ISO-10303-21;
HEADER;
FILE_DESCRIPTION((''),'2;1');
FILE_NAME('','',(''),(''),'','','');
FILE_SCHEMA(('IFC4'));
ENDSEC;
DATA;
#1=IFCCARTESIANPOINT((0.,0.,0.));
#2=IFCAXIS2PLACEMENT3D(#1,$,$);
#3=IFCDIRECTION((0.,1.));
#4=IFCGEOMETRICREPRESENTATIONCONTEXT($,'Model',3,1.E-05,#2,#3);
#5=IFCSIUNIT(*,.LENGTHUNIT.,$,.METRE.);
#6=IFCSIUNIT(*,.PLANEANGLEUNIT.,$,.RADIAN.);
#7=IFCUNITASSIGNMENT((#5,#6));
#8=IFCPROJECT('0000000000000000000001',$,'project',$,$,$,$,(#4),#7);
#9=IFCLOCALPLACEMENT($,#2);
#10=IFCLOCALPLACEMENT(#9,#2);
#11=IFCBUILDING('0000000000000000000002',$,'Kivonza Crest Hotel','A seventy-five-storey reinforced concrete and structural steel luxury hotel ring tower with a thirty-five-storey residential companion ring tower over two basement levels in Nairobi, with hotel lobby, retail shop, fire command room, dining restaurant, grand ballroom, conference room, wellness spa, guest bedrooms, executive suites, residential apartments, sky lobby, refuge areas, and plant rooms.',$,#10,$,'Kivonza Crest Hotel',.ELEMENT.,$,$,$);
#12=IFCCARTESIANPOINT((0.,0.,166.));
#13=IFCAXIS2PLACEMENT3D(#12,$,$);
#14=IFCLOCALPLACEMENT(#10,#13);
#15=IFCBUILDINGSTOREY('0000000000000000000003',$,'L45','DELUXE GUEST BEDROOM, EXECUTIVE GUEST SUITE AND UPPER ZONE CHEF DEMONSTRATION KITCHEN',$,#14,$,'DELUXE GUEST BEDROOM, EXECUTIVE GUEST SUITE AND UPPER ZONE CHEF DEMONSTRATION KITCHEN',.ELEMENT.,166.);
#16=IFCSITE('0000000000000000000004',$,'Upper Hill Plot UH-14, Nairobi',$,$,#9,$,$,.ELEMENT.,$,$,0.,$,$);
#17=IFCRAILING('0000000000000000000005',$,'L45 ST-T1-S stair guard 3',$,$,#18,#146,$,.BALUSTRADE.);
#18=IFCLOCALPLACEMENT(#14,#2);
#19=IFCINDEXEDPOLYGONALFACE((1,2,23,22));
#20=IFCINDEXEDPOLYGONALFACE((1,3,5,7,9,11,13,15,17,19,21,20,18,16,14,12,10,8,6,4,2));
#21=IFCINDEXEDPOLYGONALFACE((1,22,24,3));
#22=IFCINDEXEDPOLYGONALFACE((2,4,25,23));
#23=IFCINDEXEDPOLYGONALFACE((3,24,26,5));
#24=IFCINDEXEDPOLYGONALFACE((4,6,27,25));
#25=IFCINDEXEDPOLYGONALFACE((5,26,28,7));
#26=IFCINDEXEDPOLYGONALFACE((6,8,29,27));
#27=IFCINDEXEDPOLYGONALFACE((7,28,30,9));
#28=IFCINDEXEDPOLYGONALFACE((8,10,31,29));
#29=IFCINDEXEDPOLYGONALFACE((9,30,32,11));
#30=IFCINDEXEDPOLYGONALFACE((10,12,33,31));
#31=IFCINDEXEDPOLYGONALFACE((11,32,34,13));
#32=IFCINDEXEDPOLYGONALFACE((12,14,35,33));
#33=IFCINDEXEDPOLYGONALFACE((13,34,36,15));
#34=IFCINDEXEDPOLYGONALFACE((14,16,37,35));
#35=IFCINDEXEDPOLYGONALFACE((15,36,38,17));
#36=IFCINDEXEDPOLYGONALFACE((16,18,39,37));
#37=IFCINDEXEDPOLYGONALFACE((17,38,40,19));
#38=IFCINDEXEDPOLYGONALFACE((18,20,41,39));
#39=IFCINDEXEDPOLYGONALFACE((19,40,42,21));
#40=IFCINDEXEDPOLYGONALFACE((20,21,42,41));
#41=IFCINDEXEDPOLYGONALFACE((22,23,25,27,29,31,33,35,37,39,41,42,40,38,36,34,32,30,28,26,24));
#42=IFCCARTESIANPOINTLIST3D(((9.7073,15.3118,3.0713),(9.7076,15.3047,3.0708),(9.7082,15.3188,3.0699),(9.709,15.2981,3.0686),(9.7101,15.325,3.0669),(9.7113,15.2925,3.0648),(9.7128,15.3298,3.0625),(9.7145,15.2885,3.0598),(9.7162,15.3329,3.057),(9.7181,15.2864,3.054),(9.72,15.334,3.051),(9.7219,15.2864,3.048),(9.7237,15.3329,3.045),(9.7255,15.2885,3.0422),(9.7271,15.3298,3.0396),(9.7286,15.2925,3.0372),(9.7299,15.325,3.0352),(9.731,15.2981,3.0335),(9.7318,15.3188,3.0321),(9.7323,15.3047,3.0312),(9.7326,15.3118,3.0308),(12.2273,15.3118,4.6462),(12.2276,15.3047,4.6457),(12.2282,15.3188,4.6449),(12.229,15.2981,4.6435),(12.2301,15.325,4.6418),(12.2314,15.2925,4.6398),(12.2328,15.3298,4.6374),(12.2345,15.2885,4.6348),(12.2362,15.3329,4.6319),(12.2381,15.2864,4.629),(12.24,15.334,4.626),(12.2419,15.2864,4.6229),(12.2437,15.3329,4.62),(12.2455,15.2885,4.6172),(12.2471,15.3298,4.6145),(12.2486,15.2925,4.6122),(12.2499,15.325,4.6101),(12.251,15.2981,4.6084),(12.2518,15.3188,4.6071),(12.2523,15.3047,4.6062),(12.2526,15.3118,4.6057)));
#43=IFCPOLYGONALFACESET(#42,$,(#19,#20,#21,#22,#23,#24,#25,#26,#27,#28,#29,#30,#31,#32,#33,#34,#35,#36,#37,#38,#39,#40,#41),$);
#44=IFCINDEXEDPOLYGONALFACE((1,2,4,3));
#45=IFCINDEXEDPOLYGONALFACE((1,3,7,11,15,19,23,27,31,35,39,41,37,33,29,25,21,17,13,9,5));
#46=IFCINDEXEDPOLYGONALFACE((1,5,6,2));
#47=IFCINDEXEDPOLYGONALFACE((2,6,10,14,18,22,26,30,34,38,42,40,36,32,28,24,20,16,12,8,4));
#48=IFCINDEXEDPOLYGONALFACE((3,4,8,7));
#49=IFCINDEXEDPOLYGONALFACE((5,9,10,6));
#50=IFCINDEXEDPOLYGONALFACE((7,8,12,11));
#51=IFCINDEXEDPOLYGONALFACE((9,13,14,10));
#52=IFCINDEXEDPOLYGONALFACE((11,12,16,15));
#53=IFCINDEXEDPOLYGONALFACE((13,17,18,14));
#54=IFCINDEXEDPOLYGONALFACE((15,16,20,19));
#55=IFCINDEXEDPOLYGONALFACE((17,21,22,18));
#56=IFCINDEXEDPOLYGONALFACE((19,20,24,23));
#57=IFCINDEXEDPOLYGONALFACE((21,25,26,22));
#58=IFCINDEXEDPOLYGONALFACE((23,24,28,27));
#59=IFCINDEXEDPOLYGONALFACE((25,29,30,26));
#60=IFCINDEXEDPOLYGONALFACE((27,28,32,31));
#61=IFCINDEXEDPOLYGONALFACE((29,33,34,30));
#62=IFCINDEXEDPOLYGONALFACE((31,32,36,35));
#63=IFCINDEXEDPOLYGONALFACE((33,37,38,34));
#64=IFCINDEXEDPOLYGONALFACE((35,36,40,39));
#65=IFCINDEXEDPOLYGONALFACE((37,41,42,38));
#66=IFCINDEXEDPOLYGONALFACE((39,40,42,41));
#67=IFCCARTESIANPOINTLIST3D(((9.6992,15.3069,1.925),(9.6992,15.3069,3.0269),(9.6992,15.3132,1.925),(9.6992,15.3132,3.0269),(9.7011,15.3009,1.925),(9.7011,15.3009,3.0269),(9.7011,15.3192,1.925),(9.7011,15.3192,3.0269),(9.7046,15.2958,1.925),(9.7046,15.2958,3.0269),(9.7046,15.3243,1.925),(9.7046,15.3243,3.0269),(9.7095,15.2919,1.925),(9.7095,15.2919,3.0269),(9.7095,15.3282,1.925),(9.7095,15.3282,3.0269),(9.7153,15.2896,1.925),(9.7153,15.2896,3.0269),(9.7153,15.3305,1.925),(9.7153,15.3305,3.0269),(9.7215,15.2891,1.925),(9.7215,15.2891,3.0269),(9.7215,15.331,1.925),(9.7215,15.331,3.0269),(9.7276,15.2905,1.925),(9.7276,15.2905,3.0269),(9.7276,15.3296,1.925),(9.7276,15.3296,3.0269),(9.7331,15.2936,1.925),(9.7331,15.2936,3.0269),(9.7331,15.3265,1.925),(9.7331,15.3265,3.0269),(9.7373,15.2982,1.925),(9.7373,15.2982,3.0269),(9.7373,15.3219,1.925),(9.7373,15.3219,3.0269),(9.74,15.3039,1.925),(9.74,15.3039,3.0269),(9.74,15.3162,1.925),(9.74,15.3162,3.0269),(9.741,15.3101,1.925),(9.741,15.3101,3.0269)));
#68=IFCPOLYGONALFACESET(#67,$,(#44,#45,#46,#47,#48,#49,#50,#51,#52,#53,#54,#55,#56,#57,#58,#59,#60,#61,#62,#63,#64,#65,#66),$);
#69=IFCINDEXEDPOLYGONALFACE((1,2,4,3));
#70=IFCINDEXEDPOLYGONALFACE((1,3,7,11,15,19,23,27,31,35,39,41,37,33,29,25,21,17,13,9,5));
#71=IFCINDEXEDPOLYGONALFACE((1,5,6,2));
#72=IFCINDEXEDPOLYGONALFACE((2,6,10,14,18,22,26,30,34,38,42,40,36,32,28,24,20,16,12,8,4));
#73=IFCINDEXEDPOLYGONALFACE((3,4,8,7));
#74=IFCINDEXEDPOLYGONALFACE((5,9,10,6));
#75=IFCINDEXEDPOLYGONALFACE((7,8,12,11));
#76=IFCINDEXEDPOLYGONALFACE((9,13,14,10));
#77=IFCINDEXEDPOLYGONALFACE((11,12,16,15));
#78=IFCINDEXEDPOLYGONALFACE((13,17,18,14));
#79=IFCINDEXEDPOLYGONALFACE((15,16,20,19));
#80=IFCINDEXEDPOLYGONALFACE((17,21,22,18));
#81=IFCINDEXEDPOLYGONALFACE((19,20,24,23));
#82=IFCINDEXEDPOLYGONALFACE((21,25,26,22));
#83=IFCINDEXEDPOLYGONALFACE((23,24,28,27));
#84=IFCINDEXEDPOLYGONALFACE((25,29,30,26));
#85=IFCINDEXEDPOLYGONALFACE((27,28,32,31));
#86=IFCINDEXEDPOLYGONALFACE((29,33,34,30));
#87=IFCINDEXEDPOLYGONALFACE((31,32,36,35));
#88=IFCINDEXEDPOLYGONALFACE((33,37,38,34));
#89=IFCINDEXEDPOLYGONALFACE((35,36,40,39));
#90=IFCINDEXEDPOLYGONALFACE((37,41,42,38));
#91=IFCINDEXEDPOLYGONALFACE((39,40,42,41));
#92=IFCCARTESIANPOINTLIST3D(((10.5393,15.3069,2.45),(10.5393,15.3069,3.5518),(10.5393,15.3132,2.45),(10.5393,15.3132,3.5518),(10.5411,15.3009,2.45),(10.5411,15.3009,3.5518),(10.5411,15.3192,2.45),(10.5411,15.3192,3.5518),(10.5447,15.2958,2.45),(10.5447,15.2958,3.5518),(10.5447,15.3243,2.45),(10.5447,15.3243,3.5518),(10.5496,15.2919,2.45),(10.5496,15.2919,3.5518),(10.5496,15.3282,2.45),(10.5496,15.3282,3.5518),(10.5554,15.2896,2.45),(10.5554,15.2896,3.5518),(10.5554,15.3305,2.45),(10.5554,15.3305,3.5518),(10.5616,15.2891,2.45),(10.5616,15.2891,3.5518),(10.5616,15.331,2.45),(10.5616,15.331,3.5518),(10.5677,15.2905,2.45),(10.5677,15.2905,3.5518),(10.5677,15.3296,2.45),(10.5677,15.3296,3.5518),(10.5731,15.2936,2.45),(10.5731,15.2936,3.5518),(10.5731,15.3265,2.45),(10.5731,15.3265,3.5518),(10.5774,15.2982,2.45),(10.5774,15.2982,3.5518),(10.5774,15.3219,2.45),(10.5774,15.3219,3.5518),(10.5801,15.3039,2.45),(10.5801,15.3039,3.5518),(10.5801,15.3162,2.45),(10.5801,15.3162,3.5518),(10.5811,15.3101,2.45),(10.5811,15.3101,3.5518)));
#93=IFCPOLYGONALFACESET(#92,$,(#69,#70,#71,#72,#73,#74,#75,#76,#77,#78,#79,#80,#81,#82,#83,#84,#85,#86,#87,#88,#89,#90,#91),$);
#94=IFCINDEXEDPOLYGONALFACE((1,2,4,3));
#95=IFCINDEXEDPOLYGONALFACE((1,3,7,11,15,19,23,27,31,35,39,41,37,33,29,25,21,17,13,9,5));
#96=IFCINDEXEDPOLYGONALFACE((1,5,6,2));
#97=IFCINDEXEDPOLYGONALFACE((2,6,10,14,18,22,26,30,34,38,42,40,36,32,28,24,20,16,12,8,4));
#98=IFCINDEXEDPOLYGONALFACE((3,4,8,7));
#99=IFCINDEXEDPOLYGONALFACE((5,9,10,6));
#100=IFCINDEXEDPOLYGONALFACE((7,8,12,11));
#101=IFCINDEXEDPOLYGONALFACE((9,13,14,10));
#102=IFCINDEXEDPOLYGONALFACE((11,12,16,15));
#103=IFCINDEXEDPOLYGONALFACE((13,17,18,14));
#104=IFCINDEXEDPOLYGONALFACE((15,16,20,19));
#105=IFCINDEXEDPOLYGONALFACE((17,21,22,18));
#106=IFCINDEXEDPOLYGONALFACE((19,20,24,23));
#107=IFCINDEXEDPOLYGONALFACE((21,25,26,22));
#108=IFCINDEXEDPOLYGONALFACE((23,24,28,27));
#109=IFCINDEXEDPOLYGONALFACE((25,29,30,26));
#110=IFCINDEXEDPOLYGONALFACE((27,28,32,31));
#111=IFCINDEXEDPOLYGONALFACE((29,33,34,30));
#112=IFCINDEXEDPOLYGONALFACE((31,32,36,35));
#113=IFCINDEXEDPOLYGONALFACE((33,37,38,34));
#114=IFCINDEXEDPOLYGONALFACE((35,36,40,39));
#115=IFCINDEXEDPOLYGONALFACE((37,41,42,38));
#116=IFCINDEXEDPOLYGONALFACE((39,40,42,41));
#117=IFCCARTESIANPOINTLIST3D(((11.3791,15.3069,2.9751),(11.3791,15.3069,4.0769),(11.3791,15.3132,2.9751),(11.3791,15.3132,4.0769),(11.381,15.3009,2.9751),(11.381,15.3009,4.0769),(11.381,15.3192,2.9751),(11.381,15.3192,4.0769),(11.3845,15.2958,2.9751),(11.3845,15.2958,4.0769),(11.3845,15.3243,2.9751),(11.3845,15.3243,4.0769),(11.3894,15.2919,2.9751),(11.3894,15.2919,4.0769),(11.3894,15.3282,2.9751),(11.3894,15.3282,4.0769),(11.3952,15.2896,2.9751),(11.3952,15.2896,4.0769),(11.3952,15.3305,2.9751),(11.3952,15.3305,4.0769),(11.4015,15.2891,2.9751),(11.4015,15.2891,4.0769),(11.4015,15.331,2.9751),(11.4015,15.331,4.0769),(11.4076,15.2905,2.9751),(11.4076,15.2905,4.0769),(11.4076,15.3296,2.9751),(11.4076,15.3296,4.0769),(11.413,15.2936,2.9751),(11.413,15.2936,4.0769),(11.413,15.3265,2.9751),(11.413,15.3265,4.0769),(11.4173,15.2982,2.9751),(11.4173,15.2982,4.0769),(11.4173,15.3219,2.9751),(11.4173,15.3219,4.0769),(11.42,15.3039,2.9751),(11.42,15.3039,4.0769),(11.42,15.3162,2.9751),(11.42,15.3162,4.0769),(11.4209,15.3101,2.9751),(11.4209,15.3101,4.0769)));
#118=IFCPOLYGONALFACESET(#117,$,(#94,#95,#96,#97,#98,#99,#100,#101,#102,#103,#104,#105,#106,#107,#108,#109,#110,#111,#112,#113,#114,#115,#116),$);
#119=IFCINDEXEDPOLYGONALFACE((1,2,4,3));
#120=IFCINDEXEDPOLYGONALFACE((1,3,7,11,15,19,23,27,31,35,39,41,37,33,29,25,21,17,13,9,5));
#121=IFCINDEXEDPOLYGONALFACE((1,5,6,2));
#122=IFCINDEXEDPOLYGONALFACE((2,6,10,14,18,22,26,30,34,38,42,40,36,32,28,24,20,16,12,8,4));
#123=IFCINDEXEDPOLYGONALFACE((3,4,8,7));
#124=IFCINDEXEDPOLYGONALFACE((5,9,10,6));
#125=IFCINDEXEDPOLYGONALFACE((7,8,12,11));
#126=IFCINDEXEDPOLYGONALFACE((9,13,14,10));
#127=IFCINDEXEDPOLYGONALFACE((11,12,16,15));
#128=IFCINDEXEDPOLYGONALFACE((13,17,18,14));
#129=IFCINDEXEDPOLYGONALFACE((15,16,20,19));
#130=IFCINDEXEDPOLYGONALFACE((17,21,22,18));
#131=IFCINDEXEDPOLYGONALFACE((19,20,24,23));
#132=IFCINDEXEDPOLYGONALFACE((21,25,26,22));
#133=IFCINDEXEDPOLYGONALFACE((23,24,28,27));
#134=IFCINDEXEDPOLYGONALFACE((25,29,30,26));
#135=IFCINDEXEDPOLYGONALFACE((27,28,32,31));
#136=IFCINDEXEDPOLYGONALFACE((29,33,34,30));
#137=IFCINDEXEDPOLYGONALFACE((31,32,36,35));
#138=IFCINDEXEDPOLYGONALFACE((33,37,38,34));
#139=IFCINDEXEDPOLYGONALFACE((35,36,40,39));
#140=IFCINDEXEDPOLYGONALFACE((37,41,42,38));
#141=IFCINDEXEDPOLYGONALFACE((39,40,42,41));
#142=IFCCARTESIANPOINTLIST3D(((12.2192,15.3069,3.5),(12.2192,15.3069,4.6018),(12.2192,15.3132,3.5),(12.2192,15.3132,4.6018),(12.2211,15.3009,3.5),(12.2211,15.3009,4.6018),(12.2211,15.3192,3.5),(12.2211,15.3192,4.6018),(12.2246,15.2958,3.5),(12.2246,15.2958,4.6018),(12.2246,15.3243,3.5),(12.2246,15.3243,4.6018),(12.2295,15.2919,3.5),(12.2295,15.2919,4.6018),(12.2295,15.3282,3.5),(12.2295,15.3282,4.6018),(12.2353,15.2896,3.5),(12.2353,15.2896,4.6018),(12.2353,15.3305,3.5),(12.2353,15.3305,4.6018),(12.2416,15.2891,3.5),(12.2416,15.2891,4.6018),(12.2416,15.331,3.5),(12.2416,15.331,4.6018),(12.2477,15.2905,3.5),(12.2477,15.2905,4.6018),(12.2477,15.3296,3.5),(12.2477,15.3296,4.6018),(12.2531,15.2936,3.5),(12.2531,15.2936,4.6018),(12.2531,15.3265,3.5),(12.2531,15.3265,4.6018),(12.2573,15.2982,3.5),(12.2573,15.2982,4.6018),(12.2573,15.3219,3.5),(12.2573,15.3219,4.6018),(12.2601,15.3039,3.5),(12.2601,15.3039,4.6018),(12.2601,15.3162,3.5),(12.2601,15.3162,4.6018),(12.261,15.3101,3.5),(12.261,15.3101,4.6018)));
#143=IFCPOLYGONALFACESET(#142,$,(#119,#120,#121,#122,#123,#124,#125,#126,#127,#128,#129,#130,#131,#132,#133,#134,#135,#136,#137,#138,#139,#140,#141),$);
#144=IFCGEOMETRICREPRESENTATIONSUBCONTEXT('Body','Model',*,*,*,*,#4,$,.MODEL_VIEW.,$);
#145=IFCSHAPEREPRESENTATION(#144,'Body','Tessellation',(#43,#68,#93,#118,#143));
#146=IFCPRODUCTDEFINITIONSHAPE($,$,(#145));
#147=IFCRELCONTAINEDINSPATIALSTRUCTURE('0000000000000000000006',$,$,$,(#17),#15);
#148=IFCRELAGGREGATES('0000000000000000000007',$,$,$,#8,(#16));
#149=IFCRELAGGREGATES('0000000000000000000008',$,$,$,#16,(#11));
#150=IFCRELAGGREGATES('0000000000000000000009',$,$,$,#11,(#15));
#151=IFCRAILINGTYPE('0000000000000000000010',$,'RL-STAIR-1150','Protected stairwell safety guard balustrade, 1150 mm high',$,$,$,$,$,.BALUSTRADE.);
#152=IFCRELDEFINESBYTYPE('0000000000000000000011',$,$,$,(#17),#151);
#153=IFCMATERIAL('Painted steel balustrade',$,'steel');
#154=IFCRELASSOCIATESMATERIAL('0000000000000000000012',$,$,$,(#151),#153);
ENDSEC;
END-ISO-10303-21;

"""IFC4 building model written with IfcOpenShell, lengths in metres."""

from ifc_helpers import new_model, si_unit, direction, frame, origin, origin_2d, place, context, subcontext, project, spatial, circle, extrude, material, type_object, element, save


model = new_model("IFC4")

# Units and contexts
model_context = context("Model", 3, precision=1e-05, world=origin(), true_north=direction((0.0, 1.0)))
body_context = subcontext(model_context, "Body", "Model", "MODEL_VIEW")
ifc_project = project(units=[si_unit("LENGTHUNIT", "METRE"), si_unit("PLANEANGLEUNIT", "RADIAN")], contexts=[model_context])

# Site, building, storey
site_placement = place(None, origin())
site = spatial("IfcSite", under=ifc_project, at=site_placement, Name="Upper Hill Plot UH-14, Nairobi", CompositionType="ELEMENT", RefElevation=0.0)
building_placement = place(site_placement, origin())
building = spatial("IfcBuilding", under=site, at=building_placement, Name="Kivonza Crest Hotel", Description="A seventy-five-storey reinforced concrete and structural steel luxury hotel ring tower with a thirty-five-storey residential companion ring tower over two basement levels in Nairobi, with hotel lobby, retail shop, fire command room, dining restaurant, grand ballroom, conference room, wellness spa, guest bedrooms, executive suites, residential apartments, sky lobby, refuge areas, and plant rooms.", LongName="Kivonza Crest Hotel", CompositionType="ELEMENT")
storey_placement = place(building_placement, frame((0.0, 0.0, 166.0)))
storey = spatial("IfcBuildingStorey", under=building, at=storey_placement, Name="L45", Description="DELUXE GUEST BEDROOM, EXECUTIVE GUEST SUITE AND UPPER ZONE CHEF DEMONSTRATION KITCHEN", LongName="DELUXE GUEST BEDROOM, EXECUTIVE GUEST SUITE AND UPPER ZONE CHEF DEMONSTRATION KITCHEN", CompositionType="ELEMENT", Elevation=166.0)

# Railing
ifc_material_1 = material(Name="Painted steel balustrade", Category="steel")
railing_type_1 = type_object("IfcRailingType", Name="RL-STAIR-1150", Description="Protected stairwell safety guard balustrade, 1150 mm high", PredefinedType="BALUSTRADE", material=ifc_material_1)
railing_1_placement = place(storey_placement, frame((9.72, 15.3101, 1.925)))
element("IfcRailing", 1, at=railing_1_placement, inside=storey, type_object=railing_type_1, Name="L45 ST-T1-S stair guard 3", PredefinedType="BALUSTRADE", context=body_context, shape_type="SweptSolid", body=[
    extrude(circle(Radius=0.0239, at=origin_2d()), frame((0.0, 0.0, 1.126), z_axis=(0.848008, 0.0, 0.529984), x_axis=(0.0, 1.0, 0.0)), (0.0, 0.0, 1.0), 2.9717),
    extrude(circle(Radius=0.021, at=origin_2d()), origin(), (0.0, 0.0, 1.0), 1.1018),
    extrude(circle(Radius=0.021, at=origin_2d()), frame((0.8401, 0.0, 0.5249)), (0.0, 0.0, 1.0), 1.1018),
    extrude(circle(Radius=0.021, at=origin_2d()), frame((1.6799, 0.0, 1.05)), (0.0, 0.0, 1.0), 1.1018),
    extrude(circle(Radius=0.021, at=origin_2d()), frame((2.52, 0.0, 1.575)), (0.0, 0.0, 1.0), 1.1018),
])

save(model, "model.ifc")
